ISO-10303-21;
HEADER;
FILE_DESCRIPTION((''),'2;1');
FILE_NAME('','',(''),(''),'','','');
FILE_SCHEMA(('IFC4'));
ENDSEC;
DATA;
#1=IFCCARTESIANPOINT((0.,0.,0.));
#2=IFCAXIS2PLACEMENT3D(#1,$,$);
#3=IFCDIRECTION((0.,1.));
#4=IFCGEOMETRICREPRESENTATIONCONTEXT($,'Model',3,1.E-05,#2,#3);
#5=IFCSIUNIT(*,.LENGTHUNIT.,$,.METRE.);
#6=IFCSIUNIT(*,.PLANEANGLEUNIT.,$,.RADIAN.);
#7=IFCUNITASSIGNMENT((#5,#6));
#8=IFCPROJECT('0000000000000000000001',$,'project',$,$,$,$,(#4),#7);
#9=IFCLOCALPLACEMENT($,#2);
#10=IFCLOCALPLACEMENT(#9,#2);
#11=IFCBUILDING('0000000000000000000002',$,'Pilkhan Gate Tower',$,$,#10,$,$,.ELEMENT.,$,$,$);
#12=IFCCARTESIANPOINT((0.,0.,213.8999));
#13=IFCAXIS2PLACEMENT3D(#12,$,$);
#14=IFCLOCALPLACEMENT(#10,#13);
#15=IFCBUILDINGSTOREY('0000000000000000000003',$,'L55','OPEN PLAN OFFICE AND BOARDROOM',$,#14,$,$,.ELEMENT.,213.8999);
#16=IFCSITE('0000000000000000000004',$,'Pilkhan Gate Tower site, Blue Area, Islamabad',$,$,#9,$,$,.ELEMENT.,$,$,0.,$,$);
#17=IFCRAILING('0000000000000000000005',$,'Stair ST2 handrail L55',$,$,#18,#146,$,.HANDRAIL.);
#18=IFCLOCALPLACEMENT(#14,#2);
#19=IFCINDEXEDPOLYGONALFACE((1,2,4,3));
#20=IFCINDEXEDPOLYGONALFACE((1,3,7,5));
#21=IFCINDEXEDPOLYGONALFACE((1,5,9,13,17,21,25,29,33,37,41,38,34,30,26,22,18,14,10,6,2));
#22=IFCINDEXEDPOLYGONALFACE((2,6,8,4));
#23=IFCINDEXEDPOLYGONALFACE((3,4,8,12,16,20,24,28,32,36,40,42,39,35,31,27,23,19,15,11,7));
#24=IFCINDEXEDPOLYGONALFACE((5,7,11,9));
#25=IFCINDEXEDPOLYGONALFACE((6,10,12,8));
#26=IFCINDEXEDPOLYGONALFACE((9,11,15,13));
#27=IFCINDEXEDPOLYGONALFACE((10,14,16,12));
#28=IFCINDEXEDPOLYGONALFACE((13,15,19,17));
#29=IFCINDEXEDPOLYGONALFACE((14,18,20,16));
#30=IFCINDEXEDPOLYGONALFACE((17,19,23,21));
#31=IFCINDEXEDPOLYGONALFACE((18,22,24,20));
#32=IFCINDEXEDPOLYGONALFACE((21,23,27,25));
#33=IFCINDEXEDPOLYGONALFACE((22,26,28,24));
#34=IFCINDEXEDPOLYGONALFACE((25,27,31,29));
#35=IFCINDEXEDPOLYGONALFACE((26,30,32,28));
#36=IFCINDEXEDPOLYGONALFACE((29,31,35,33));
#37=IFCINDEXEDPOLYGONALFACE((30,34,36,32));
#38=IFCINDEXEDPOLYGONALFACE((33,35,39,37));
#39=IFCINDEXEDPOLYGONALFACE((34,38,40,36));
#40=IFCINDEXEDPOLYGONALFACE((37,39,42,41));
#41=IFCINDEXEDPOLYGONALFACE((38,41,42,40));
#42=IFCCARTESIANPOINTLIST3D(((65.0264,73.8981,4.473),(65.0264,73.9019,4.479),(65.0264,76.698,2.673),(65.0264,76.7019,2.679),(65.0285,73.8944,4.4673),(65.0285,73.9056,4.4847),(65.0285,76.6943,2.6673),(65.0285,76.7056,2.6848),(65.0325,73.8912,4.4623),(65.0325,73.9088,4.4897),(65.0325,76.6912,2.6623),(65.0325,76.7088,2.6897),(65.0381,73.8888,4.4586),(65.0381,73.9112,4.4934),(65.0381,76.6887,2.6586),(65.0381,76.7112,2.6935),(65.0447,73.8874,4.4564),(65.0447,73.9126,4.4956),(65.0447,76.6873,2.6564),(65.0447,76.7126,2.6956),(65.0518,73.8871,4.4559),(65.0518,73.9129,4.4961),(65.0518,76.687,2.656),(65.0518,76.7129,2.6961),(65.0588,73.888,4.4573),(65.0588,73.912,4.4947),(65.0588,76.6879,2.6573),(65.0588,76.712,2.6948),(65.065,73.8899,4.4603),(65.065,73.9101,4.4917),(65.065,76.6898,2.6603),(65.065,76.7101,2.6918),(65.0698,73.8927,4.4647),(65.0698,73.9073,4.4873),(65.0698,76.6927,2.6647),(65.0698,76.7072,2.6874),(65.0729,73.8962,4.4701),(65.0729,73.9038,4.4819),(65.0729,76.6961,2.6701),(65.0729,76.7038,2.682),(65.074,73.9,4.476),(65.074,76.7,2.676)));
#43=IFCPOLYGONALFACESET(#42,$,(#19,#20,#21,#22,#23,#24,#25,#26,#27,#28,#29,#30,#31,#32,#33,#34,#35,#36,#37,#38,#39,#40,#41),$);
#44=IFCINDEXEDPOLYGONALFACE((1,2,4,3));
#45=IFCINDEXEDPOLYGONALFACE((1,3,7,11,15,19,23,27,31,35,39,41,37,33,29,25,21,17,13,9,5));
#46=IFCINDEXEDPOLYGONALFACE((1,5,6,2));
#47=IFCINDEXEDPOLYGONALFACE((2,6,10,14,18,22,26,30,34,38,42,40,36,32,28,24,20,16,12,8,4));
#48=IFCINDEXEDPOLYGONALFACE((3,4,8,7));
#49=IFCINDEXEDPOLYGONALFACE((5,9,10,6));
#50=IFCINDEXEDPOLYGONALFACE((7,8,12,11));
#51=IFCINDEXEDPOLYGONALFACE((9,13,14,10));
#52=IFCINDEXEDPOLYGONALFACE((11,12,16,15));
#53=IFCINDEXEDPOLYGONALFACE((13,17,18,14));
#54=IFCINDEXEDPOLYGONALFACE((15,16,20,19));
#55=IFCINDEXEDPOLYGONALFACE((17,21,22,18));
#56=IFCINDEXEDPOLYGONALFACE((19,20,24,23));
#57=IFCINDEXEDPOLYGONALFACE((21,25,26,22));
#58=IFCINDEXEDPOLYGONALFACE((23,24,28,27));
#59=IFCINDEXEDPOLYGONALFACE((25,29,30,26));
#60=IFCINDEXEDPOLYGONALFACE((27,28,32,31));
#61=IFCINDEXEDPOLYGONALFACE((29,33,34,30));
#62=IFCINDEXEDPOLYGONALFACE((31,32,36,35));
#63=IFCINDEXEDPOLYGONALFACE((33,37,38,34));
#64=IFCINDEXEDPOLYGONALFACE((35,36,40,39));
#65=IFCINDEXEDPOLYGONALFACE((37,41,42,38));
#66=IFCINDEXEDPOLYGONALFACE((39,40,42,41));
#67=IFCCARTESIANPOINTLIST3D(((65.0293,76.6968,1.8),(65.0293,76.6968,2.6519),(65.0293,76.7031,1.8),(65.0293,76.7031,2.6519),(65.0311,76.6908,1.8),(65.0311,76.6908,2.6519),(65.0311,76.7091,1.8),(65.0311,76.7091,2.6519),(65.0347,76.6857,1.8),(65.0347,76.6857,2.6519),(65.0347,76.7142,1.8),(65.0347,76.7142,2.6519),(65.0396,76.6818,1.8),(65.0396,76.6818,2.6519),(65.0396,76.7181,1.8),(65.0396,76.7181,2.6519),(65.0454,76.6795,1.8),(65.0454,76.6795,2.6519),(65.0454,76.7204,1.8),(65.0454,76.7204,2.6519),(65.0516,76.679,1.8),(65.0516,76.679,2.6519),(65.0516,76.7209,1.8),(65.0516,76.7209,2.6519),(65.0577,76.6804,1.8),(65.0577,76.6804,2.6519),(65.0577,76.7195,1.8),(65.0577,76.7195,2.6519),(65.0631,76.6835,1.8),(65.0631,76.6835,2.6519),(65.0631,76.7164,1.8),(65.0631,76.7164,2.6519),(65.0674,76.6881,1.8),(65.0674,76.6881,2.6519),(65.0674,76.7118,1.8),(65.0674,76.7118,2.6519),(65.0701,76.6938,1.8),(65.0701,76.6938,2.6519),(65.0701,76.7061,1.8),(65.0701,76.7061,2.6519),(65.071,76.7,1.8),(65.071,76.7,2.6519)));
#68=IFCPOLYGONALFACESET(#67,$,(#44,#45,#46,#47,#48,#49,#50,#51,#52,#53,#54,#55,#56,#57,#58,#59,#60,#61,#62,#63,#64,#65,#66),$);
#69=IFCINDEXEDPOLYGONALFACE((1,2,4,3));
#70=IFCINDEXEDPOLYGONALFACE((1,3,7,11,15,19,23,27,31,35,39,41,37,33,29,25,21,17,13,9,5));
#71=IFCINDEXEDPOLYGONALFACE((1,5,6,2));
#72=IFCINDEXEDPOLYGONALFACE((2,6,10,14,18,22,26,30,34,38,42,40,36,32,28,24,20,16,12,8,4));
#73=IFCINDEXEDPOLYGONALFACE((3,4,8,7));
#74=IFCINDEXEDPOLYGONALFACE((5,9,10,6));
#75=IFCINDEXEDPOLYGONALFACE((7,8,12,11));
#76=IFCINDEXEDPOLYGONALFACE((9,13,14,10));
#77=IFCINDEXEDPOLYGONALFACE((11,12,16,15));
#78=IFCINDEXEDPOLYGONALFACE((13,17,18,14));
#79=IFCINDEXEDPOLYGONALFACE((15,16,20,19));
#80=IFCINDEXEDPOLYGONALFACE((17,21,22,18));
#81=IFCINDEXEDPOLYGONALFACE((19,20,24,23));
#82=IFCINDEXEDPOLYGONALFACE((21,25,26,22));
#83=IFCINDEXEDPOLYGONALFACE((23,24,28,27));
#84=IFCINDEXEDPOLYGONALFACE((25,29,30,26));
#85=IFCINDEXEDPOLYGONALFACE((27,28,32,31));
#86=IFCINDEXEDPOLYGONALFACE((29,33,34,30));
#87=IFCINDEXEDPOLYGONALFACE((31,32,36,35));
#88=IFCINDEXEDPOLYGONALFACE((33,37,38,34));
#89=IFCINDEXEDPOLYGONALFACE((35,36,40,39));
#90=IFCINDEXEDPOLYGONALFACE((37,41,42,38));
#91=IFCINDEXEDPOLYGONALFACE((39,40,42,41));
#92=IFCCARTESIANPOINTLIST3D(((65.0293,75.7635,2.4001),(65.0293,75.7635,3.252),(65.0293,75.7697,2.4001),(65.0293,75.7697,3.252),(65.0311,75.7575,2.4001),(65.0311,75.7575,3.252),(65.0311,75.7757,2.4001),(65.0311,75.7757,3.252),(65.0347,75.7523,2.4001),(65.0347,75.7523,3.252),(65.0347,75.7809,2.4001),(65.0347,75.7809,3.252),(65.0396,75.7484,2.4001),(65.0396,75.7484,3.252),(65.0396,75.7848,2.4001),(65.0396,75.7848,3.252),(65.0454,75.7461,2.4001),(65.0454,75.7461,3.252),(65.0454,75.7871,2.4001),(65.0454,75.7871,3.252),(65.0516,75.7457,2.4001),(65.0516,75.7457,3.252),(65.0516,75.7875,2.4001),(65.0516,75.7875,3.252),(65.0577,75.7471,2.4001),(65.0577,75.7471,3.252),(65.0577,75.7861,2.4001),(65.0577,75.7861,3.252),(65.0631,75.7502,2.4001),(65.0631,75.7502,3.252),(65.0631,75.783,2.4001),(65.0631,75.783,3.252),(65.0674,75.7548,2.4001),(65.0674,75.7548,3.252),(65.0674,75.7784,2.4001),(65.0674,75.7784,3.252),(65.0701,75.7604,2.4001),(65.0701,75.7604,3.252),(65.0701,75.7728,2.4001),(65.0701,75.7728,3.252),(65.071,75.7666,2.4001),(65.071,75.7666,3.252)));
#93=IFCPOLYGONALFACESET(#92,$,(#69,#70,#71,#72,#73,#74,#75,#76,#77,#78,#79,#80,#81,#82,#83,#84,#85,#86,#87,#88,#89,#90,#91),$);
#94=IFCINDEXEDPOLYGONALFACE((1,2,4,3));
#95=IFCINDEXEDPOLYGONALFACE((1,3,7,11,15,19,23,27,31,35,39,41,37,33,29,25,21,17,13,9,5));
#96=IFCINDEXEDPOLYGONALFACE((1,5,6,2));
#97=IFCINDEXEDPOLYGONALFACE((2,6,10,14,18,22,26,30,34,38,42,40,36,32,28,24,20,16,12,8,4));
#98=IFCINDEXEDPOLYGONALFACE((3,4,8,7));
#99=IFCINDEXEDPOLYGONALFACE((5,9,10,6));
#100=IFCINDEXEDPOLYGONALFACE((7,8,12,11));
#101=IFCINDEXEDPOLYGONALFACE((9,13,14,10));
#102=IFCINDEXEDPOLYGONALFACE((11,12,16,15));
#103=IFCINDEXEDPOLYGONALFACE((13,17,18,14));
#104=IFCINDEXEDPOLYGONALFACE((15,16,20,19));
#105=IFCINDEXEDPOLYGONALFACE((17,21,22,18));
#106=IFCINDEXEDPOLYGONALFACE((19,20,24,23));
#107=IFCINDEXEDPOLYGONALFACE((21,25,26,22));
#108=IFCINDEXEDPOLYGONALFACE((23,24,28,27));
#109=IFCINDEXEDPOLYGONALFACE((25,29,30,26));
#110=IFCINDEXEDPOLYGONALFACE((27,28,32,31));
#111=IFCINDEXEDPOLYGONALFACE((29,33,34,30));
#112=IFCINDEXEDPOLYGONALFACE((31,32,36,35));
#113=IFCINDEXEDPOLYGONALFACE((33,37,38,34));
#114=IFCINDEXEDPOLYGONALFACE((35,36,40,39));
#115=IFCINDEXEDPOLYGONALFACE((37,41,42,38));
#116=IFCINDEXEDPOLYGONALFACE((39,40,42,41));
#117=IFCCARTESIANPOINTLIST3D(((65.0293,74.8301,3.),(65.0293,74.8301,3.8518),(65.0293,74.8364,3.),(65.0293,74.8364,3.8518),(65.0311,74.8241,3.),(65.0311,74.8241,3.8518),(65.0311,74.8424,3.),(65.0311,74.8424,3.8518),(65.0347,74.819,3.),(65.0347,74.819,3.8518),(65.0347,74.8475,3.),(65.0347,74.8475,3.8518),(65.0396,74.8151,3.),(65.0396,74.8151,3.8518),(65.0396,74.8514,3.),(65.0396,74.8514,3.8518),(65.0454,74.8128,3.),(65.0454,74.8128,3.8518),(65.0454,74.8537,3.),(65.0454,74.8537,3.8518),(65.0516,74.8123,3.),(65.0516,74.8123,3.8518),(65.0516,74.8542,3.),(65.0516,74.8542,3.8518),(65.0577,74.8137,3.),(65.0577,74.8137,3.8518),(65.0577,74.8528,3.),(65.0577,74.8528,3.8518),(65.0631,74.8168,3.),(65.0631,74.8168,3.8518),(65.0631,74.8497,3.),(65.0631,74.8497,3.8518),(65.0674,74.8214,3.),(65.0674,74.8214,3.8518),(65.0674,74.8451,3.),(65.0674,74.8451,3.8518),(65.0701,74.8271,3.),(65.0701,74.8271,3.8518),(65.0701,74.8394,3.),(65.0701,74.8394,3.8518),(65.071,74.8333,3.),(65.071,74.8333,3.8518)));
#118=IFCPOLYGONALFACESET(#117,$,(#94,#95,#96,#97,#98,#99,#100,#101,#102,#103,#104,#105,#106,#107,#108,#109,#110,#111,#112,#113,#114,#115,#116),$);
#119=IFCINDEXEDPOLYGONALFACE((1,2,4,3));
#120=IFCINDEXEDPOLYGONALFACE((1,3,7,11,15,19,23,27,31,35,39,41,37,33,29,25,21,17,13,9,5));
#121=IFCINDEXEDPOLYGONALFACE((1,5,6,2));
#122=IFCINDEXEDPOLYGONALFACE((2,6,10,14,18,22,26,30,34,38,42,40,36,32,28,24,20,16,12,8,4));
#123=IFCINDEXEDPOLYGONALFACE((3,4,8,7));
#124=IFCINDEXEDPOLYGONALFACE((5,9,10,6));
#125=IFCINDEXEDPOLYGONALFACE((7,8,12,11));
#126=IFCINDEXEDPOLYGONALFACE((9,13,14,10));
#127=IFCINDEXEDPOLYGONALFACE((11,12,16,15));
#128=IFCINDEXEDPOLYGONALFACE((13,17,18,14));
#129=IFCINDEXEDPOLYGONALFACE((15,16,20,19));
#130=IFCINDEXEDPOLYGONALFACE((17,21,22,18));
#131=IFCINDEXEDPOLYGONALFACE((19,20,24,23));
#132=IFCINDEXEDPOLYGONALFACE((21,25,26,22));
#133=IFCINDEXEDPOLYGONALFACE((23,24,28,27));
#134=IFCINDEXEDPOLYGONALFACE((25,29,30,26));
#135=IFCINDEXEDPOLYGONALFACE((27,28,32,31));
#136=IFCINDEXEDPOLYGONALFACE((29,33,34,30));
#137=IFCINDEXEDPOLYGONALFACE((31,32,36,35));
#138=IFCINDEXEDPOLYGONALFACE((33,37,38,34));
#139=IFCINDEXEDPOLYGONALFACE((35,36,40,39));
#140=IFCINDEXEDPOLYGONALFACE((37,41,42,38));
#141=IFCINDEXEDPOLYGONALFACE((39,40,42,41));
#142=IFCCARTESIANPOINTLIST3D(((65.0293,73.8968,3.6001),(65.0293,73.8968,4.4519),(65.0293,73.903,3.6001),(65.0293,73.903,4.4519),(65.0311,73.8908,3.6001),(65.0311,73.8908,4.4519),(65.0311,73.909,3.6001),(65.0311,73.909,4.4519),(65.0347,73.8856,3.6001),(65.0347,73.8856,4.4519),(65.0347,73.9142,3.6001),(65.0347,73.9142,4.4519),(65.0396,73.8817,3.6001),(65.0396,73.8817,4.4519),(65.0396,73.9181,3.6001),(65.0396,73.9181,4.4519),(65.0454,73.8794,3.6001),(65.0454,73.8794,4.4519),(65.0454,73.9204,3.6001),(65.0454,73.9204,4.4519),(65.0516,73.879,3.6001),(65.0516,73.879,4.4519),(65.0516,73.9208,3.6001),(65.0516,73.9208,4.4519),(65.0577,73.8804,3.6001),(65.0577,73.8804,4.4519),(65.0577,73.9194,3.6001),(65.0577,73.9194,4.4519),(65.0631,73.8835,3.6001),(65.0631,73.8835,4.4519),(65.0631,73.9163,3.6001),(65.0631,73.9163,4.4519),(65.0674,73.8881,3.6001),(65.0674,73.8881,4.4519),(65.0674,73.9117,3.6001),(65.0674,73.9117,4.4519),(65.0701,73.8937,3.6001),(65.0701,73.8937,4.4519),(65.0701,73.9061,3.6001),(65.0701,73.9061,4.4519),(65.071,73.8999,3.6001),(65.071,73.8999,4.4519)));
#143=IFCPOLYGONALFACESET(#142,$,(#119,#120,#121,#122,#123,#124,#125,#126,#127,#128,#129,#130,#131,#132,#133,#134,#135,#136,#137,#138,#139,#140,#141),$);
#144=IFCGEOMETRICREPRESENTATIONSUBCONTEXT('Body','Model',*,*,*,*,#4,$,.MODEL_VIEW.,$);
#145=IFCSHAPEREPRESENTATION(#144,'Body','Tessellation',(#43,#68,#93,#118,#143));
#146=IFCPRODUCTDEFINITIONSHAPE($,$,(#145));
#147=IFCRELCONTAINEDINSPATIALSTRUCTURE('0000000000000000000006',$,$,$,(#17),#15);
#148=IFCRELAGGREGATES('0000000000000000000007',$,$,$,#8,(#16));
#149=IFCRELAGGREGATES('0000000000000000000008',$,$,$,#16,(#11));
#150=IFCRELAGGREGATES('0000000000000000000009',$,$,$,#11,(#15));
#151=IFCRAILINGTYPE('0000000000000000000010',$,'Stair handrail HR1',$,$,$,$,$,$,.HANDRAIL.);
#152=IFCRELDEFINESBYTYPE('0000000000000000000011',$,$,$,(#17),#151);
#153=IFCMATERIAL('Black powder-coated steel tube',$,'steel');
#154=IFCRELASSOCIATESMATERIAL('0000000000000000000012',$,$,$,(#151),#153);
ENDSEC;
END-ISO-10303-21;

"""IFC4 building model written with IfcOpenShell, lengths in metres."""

from ifc_helpers import new_model, si_unit, direction, frame, origin, origin_2d, place, context, subcontext, project, spatial, circle, extrude, material, type_object, element, save


model = new_model("IFC4")

# Units and contexts
model_context = context("Model", 3, precision=1e-05, world=origin(), true_north=direction((0.0, 1.0)))
body_context = subcontext(model_context, "Body", "Model", "MODEL_VIEW")
ifc_project = project(units=[si_unit("LENGTHUNIT", "METRE"), si_unit("PLANEANGLEUNIT", "RADIAN")], contexts=[model_context])

# Site, building, storey
site_placement = place(None, origin())
site = spatial("IfcSite", under=ifc_project, at=site_placement, Name="Pilkhan Gate Tower site, Blue Area, Islamabad", CompositionType="ELEMENT", RefElevation=0.0)
building_placement = place(site_placement, origin())
building = spatial("IfcBuilding", under=site, at=building_placement, Name="Pilkhan Gate Tower", CompositionType="ELEMENT")
storey_placement = place(building_placement, frame((0.0, 0.0, 213.8999)))
storey = spatial("IfcBuildingStorey", under=building, at=storey_placement, Name="L55", Description="OPEN PLAN OFFICE AND BOARDROOM", CompositionType="ELEMENT", Elevation=213.8999)

# Railing
ifc_material_1 = material(Name="Black powder-coated steel tube", Category="steel")
railing_type_1 = type_object("IfcRailingType", Name="Stair handrail HR1", PredefinedType="HANDRAIL", material=ifc_material_1)
railing_1_placement = place(storey_placement, frame((65.05, 76.7, 1.8)))
element("IfcRailing", 1, at=railing_1_placement, inside=storey, type_object=railing_type_1, Name="Stair ST2 handrail L55", PredefinedType="HANDRAIL", context=body_context, shape_type="SweptSolid", body=[
    extrude(circle(Radius=0.0239, at=origin_2d()), frame((0.0, 0.0, 0.876), z_axis=(0.0, -0.841176, 0.540761), x_axis=(1.0, 0.0, 0.0)), (0.0, 0.0, 1.0), 3.3286),
    extrude(circle(Radius=0.021, at=origin_2d()), origin(), (0.0, 0.0, 1.0), 0.8518),
    extrude(circle(Radius=0.021, at=origin_2d()), frame((0.0, -0.9333, 0.6001)), (0.0, 0.0, 1.0), 0.8518),
    extrude(circle(Radius=0.021, at=origin_2d()), frame((0.0, -1.8667, 1.2)), (0.0, 0.0, 1.0), 0.8518),
    extrude(circle(Radius=0.021, at=origin_2d()), frame((0.0, -2.8, 1.8)), (0.0, 0.0, 1.0), 0.8518),
])

save(model, "model.ifc")
